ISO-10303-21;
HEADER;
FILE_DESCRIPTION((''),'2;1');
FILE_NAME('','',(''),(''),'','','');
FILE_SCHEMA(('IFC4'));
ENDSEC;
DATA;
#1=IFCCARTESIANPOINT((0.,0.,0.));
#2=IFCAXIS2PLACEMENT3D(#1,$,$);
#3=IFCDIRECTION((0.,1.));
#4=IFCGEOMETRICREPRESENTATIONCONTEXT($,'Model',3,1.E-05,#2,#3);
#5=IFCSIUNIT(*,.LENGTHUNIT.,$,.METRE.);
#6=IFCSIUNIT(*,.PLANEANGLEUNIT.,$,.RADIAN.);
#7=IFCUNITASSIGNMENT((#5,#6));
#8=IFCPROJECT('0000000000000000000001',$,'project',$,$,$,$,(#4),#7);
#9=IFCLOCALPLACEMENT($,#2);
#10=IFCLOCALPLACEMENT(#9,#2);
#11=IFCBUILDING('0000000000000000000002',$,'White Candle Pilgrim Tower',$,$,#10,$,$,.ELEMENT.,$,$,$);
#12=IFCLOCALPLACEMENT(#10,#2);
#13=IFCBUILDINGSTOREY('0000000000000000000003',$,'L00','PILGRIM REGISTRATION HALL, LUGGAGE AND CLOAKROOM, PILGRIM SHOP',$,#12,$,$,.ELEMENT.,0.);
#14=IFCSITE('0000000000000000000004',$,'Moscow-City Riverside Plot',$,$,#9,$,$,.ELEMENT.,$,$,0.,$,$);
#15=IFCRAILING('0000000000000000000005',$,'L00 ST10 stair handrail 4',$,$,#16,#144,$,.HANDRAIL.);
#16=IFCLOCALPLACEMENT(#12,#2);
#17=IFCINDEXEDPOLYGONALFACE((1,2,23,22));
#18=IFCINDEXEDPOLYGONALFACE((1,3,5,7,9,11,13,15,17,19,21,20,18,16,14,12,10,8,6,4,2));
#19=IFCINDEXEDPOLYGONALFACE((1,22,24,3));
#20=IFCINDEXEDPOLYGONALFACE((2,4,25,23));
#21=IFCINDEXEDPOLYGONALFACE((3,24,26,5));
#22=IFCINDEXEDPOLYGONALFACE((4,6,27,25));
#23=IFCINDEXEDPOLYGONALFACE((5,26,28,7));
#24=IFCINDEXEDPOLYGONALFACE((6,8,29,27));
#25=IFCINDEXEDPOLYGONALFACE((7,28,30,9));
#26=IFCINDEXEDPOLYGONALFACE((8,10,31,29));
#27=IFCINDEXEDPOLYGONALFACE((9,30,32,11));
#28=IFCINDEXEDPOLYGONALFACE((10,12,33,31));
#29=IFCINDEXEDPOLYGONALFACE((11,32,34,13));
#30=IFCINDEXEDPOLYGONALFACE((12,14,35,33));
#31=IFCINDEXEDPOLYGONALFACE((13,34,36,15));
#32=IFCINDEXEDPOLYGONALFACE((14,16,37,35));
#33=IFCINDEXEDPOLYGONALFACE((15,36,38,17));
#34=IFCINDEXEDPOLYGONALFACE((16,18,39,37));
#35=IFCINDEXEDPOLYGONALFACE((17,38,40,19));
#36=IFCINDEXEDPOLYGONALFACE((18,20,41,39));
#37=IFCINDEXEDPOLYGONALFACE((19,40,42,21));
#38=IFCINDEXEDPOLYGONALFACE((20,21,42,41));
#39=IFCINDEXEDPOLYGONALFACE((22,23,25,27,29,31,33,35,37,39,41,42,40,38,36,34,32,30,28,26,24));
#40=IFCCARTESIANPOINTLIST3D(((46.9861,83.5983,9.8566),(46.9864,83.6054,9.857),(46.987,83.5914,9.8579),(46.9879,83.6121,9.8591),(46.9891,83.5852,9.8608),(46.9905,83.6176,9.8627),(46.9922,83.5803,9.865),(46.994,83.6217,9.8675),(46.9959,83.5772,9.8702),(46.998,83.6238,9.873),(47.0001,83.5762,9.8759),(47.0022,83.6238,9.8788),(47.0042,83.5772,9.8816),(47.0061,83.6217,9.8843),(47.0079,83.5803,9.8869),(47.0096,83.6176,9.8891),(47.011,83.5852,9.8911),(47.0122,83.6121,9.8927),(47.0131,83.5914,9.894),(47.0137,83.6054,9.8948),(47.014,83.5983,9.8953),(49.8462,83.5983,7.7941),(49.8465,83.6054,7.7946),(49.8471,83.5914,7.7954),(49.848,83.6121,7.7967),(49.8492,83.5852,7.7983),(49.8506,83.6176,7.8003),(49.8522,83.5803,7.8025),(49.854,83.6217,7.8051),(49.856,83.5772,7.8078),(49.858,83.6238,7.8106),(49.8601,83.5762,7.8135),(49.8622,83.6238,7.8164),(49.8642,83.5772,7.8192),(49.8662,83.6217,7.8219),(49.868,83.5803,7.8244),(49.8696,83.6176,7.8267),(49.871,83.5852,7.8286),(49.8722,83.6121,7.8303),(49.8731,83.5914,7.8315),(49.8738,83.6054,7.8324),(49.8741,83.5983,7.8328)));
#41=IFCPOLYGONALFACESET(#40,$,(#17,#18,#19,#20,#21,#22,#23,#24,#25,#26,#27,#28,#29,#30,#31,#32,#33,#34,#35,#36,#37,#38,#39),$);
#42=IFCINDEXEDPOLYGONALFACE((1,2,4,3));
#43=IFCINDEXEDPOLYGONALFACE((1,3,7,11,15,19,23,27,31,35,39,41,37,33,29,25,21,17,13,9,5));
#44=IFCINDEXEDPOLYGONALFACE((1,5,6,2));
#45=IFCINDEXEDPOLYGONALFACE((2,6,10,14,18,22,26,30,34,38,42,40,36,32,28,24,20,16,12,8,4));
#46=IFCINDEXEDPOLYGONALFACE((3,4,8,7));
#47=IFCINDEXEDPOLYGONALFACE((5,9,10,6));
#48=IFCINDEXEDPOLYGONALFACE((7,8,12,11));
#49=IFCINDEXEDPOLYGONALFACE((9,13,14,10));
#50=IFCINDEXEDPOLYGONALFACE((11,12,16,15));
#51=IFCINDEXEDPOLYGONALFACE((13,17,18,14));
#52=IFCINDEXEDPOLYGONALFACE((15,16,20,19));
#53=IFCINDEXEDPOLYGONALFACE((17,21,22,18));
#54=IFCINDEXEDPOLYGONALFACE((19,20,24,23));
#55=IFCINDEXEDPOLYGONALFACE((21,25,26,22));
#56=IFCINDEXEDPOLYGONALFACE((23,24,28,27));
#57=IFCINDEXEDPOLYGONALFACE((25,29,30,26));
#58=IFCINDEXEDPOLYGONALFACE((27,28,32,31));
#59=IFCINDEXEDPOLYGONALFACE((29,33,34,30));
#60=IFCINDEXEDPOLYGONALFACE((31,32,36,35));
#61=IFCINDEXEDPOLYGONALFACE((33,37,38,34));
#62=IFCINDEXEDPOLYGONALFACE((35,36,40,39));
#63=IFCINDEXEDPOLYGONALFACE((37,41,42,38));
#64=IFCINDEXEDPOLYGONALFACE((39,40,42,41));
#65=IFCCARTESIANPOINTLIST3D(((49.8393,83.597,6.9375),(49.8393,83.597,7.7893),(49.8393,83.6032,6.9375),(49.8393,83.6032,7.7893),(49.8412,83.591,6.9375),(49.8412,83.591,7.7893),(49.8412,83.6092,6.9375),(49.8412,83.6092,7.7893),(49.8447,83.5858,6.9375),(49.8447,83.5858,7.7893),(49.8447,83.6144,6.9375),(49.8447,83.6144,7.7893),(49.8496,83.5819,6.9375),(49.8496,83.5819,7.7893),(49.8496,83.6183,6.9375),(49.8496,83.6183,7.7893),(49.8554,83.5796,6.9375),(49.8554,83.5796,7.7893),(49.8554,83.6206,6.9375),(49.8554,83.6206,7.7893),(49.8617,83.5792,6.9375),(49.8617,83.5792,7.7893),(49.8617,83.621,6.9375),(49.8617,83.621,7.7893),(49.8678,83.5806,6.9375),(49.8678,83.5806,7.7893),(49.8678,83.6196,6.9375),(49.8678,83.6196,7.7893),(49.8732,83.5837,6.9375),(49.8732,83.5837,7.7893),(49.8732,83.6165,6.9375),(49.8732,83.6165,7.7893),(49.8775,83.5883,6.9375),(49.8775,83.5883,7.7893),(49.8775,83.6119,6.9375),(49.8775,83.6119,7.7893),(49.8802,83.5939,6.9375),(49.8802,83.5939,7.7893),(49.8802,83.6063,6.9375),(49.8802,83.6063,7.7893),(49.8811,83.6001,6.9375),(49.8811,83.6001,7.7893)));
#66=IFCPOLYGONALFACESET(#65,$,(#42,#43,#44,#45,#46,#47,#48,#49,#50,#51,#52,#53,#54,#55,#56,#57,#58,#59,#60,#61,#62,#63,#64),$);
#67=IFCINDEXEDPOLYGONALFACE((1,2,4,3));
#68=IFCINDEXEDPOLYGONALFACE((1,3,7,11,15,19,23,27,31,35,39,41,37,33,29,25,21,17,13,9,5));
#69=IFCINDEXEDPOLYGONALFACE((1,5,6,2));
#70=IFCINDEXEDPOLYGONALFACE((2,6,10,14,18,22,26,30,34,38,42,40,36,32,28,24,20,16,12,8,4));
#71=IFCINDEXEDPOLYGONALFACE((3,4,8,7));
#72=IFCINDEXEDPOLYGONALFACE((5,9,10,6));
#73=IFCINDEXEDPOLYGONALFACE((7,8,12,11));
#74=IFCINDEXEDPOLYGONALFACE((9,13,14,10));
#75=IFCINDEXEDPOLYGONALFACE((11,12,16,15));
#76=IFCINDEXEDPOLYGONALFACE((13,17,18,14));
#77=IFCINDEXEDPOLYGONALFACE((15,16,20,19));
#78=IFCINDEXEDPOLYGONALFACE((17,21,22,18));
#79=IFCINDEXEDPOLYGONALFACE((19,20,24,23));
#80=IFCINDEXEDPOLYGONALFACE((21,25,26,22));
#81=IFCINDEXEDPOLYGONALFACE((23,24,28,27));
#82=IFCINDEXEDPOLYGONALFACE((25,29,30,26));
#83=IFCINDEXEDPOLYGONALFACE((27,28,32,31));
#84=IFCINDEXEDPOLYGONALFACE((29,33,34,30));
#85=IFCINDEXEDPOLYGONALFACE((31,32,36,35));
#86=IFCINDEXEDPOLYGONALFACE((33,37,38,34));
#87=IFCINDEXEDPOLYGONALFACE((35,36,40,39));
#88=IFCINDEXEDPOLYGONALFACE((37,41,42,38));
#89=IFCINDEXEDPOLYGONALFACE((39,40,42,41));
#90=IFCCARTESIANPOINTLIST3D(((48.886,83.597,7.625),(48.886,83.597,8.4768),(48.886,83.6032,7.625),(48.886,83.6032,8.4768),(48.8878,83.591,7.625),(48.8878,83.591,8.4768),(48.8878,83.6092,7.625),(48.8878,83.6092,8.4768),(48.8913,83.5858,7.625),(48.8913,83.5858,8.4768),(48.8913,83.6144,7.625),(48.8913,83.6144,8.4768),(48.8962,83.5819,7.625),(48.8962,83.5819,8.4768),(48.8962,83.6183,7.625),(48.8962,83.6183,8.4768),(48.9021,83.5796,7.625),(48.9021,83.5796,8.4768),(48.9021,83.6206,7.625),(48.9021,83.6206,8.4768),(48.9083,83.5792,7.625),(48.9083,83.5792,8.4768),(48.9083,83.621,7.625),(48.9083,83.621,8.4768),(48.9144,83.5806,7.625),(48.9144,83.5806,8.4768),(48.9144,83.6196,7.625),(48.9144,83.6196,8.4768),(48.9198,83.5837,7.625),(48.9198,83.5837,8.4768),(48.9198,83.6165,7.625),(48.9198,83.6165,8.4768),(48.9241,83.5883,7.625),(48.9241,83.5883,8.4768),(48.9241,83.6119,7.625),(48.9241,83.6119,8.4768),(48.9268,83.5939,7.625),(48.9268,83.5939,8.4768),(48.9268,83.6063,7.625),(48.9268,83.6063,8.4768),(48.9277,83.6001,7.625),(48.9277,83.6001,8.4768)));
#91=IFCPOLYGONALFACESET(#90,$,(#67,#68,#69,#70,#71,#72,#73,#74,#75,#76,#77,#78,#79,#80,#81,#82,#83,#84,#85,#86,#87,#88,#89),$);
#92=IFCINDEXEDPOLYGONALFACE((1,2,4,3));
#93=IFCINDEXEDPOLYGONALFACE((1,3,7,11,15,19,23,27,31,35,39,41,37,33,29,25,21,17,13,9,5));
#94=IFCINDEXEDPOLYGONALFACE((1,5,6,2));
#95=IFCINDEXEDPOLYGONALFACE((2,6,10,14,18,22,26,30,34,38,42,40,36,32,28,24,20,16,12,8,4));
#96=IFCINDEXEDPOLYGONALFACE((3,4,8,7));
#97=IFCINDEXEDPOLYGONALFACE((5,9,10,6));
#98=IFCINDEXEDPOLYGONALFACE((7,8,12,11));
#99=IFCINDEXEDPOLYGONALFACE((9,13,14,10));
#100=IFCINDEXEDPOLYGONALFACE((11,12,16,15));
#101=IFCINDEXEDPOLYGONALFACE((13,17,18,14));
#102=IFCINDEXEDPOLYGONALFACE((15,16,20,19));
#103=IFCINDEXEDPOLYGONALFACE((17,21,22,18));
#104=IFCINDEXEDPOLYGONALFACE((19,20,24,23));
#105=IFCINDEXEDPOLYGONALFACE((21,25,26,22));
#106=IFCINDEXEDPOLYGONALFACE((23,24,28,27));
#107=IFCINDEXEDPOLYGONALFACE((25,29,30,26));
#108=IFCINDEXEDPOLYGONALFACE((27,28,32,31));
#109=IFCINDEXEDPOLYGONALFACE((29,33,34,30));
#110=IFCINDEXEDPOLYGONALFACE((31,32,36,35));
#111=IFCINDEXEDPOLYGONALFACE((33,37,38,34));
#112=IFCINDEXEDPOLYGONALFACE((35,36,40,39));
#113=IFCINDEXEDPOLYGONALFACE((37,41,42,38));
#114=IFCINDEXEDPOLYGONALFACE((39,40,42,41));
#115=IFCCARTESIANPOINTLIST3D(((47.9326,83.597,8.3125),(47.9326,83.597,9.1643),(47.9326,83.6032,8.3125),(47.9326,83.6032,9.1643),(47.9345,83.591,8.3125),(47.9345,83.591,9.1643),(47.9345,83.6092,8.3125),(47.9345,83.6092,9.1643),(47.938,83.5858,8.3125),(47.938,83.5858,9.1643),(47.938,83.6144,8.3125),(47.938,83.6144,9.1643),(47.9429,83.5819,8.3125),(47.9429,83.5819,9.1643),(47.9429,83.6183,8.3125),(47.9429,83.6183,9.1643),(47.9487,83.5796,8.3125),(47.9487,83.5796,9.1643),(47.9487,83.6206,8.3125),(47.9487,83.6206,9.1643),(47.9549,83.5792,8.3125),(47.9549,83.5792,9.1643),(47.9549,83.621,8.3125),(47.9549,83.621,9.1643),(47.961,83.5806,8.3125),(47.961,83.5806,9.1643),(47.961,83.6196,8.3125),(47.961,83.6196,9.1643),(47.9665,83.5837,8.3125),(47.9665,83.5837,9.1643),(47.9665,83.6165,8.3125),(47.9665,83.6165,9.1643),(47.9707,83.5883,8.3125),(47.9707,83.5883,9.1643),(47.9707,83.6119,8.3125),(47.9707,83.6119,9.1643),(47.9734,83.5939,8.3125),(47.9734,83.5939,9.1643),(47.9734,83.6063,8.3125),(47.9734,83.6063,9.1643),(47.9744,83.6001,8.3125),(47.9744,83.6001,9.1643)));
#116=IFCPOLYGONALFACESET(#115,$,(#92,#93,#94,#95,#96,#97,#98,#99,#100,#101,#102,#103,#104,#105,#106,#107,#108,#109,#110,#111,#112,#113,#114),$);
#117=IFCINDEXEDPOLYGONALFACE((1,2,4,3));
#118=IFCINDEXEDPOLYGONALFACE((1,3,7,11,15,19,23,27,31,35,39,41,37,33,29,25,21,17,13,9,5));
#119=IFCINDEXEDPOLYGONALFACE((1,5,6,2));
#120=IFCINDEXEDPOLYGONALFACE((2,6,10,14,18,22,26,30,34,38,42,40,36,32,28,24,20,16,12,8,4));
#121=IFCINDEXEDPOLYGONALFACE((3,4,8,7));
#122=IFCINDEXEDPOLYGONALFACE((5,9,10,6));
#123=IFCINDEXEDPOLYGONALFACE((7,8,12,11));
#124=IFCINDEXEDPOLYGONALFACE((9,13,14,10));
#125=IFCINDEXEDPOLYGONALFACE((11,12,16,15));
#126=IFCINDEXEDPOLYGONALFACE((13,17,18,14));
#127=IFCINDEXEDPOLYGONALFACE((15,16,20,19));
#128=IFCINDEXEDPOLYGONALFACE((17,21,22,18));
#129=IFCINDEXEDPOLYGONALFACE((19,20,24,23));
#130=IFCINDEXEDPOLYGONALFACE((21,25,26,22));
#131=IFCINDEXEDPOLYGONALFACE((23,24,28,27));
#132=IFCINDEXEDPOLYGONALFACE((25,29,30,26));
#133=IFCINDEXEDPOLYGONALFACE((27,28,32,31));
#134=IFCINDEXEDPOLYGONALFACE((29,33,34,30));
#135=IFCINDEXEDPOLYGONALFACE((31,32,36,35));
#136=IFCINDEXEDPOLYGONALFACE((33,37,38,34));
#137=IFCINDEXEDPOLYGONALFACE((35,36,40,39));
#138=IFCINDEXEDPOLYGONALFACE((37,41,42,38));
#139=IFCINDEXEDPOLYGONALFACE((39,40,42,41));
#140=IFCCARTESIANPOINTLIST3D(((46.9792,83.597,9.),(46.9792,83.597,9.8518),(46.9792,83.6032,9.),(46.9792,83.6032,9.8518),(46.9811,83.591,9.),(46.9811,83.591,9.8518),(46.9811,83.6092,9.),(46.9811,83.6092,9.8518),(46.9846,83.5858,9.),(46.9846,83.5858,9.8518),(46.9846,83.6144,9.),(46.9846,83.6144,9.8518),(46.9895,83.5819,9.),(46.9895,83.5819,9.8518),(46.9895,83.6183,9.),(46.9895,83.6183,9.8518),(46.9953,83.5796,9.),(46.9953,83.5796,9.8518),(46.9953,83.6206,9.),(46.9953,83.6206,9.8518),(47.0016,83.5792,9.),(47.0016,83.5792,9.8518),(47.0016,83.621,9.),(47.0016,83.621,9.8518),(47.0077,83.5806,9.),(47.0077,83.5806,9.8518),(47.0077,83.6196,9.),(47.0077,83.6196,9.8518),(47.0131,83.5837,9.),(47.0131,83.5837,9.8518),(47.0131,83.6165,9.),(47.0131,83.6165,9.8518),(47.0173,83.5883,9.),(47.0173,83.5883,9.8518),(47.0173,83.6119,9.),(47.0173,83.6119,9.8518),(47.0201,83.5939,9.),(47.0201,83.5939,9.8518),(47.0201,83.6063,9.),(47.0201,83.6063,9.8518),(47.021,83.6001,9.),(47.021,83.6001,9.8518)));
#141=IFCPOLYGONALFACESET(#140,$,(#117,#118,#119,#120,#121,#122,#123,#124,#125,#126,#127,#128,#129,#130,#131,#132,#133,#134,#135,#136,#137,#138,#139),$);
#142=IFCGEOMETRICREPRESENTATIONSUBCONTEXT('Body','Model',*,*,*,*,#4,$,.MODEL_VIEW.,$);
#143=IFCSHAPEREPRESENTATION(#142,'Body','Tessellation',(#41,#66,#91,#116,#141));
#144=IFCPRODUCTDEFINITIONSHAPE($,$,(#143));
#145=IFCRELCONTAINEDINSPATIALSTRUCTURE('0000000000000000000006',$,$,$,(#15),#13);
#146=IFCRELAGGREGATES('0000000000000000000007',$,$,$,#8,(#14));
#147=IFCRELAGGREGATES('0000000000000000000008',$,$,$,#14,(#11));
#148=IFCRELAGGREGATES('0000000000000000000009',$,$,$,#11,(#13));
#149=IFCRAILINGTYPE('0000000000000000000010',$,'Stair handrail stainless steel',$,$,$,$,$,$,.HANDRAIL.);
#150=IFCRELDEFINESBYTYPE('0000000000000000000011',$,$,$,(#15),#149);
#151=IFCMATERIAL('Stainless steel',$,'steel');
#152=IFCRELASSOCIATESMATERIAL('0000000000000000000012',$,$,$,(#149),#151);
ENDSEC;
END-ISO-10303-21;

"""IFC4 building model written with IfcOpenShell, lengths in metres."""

from ifc_helpers import new_model, si_unit, direction, frame, origin, origin_2d, place, context, subcontext, project, spatial, circle, extrude, material, type_object, element, save


model = new_model("IFC4")

# Units and contexts
model_context = context("Model", 3, precision=1e-05, world=origin(), true_north=direction((0.0, 1.0)))
body_context = subcontext(model_context, "Body", "Model", "MODEL_VIEW")
ifc_project = project(units=[si_unit("LENGTHUNIT", "METRE"), si_unit("PLANEANGLEUNIT", "RADIAN")], contexts=[model_context])

# Site, building, storey
site_placement = place(None, origin())
site = spatial("IfcSite", under=ifc_project, at=site_placement, Name="Moscow-City Riverside Plot", CompositionType="ELEMENT", RefElevation=0.0)
building_placement = place(site_placement, origin())
building = spatial("IfcBuilding", under=site, at=building_placement, Name="White Candle Pilgrim Tower", CompositionType="ELEMENT")
storey_placement = place(building_placement, origin())
storey = spatial("IfcBuildingStorey", under=building, at=storey_placement, Name="L00", Description="PILGRIM REGISTRATION HALL, LUGGAGE AND CLOAKROOM, PILGRIM SHOP", CompositionType="ELEMENT", Elevation=0.0)

# Railing
ifc_material_1 = material(Name="Stainless steel", Category="steel")
railing_type_1 = type_object("IfcRailingType", Name="Stair handrail stainless steel", PredefinedType="HANDRAIL", material=ifc_material_1)
for number, where, name in (
    (1, (49.8601, 83.6001, 6.9375), "L00 ST10 stair handrail 4"),
):
    element("IfcRailing", number, at=place(storey_placement, frame(where)), inside=storey, type_object=railing_type_1, Name=name, PredefinedType="HANDRAIL", context=body_context, shape_type="SweptSolid", body=[
        extrude(circle(Radius=0.0239, at=origin_2d()), frame((0.0, 0.0, 0.876), z_axis=(-0.811101, 0.0, 0.584906), x_axis=(0.0, -1.0, 0.0)), (0.0, 0.0, 1.0), 3.5261),
        extrude(circle(Radius=0.021, at=origin_2d()), origin(), (0.0, 0.0, 1.0), 0.8518),
        extrude(circle(Radius=0.021, at=origin_2d()), frame((-0.9534, 0.0, 0.6875)), (0.0, 0.0, 1.0), 0.8518),
        extrude(circle(Radius=0.021, at=origin_2d()), frame((-1.9067, 0.0, 1.375)), (0.0, 0.0, 1.0), 0.8518),
        extrude(circle(Radius=0.021, at=origin_2d()), frame((-2.8601, 0.0, 2.0625)), (0.0, 0.0, 1.0), 0.8518),
    ])

save(model, "model.ifc")
